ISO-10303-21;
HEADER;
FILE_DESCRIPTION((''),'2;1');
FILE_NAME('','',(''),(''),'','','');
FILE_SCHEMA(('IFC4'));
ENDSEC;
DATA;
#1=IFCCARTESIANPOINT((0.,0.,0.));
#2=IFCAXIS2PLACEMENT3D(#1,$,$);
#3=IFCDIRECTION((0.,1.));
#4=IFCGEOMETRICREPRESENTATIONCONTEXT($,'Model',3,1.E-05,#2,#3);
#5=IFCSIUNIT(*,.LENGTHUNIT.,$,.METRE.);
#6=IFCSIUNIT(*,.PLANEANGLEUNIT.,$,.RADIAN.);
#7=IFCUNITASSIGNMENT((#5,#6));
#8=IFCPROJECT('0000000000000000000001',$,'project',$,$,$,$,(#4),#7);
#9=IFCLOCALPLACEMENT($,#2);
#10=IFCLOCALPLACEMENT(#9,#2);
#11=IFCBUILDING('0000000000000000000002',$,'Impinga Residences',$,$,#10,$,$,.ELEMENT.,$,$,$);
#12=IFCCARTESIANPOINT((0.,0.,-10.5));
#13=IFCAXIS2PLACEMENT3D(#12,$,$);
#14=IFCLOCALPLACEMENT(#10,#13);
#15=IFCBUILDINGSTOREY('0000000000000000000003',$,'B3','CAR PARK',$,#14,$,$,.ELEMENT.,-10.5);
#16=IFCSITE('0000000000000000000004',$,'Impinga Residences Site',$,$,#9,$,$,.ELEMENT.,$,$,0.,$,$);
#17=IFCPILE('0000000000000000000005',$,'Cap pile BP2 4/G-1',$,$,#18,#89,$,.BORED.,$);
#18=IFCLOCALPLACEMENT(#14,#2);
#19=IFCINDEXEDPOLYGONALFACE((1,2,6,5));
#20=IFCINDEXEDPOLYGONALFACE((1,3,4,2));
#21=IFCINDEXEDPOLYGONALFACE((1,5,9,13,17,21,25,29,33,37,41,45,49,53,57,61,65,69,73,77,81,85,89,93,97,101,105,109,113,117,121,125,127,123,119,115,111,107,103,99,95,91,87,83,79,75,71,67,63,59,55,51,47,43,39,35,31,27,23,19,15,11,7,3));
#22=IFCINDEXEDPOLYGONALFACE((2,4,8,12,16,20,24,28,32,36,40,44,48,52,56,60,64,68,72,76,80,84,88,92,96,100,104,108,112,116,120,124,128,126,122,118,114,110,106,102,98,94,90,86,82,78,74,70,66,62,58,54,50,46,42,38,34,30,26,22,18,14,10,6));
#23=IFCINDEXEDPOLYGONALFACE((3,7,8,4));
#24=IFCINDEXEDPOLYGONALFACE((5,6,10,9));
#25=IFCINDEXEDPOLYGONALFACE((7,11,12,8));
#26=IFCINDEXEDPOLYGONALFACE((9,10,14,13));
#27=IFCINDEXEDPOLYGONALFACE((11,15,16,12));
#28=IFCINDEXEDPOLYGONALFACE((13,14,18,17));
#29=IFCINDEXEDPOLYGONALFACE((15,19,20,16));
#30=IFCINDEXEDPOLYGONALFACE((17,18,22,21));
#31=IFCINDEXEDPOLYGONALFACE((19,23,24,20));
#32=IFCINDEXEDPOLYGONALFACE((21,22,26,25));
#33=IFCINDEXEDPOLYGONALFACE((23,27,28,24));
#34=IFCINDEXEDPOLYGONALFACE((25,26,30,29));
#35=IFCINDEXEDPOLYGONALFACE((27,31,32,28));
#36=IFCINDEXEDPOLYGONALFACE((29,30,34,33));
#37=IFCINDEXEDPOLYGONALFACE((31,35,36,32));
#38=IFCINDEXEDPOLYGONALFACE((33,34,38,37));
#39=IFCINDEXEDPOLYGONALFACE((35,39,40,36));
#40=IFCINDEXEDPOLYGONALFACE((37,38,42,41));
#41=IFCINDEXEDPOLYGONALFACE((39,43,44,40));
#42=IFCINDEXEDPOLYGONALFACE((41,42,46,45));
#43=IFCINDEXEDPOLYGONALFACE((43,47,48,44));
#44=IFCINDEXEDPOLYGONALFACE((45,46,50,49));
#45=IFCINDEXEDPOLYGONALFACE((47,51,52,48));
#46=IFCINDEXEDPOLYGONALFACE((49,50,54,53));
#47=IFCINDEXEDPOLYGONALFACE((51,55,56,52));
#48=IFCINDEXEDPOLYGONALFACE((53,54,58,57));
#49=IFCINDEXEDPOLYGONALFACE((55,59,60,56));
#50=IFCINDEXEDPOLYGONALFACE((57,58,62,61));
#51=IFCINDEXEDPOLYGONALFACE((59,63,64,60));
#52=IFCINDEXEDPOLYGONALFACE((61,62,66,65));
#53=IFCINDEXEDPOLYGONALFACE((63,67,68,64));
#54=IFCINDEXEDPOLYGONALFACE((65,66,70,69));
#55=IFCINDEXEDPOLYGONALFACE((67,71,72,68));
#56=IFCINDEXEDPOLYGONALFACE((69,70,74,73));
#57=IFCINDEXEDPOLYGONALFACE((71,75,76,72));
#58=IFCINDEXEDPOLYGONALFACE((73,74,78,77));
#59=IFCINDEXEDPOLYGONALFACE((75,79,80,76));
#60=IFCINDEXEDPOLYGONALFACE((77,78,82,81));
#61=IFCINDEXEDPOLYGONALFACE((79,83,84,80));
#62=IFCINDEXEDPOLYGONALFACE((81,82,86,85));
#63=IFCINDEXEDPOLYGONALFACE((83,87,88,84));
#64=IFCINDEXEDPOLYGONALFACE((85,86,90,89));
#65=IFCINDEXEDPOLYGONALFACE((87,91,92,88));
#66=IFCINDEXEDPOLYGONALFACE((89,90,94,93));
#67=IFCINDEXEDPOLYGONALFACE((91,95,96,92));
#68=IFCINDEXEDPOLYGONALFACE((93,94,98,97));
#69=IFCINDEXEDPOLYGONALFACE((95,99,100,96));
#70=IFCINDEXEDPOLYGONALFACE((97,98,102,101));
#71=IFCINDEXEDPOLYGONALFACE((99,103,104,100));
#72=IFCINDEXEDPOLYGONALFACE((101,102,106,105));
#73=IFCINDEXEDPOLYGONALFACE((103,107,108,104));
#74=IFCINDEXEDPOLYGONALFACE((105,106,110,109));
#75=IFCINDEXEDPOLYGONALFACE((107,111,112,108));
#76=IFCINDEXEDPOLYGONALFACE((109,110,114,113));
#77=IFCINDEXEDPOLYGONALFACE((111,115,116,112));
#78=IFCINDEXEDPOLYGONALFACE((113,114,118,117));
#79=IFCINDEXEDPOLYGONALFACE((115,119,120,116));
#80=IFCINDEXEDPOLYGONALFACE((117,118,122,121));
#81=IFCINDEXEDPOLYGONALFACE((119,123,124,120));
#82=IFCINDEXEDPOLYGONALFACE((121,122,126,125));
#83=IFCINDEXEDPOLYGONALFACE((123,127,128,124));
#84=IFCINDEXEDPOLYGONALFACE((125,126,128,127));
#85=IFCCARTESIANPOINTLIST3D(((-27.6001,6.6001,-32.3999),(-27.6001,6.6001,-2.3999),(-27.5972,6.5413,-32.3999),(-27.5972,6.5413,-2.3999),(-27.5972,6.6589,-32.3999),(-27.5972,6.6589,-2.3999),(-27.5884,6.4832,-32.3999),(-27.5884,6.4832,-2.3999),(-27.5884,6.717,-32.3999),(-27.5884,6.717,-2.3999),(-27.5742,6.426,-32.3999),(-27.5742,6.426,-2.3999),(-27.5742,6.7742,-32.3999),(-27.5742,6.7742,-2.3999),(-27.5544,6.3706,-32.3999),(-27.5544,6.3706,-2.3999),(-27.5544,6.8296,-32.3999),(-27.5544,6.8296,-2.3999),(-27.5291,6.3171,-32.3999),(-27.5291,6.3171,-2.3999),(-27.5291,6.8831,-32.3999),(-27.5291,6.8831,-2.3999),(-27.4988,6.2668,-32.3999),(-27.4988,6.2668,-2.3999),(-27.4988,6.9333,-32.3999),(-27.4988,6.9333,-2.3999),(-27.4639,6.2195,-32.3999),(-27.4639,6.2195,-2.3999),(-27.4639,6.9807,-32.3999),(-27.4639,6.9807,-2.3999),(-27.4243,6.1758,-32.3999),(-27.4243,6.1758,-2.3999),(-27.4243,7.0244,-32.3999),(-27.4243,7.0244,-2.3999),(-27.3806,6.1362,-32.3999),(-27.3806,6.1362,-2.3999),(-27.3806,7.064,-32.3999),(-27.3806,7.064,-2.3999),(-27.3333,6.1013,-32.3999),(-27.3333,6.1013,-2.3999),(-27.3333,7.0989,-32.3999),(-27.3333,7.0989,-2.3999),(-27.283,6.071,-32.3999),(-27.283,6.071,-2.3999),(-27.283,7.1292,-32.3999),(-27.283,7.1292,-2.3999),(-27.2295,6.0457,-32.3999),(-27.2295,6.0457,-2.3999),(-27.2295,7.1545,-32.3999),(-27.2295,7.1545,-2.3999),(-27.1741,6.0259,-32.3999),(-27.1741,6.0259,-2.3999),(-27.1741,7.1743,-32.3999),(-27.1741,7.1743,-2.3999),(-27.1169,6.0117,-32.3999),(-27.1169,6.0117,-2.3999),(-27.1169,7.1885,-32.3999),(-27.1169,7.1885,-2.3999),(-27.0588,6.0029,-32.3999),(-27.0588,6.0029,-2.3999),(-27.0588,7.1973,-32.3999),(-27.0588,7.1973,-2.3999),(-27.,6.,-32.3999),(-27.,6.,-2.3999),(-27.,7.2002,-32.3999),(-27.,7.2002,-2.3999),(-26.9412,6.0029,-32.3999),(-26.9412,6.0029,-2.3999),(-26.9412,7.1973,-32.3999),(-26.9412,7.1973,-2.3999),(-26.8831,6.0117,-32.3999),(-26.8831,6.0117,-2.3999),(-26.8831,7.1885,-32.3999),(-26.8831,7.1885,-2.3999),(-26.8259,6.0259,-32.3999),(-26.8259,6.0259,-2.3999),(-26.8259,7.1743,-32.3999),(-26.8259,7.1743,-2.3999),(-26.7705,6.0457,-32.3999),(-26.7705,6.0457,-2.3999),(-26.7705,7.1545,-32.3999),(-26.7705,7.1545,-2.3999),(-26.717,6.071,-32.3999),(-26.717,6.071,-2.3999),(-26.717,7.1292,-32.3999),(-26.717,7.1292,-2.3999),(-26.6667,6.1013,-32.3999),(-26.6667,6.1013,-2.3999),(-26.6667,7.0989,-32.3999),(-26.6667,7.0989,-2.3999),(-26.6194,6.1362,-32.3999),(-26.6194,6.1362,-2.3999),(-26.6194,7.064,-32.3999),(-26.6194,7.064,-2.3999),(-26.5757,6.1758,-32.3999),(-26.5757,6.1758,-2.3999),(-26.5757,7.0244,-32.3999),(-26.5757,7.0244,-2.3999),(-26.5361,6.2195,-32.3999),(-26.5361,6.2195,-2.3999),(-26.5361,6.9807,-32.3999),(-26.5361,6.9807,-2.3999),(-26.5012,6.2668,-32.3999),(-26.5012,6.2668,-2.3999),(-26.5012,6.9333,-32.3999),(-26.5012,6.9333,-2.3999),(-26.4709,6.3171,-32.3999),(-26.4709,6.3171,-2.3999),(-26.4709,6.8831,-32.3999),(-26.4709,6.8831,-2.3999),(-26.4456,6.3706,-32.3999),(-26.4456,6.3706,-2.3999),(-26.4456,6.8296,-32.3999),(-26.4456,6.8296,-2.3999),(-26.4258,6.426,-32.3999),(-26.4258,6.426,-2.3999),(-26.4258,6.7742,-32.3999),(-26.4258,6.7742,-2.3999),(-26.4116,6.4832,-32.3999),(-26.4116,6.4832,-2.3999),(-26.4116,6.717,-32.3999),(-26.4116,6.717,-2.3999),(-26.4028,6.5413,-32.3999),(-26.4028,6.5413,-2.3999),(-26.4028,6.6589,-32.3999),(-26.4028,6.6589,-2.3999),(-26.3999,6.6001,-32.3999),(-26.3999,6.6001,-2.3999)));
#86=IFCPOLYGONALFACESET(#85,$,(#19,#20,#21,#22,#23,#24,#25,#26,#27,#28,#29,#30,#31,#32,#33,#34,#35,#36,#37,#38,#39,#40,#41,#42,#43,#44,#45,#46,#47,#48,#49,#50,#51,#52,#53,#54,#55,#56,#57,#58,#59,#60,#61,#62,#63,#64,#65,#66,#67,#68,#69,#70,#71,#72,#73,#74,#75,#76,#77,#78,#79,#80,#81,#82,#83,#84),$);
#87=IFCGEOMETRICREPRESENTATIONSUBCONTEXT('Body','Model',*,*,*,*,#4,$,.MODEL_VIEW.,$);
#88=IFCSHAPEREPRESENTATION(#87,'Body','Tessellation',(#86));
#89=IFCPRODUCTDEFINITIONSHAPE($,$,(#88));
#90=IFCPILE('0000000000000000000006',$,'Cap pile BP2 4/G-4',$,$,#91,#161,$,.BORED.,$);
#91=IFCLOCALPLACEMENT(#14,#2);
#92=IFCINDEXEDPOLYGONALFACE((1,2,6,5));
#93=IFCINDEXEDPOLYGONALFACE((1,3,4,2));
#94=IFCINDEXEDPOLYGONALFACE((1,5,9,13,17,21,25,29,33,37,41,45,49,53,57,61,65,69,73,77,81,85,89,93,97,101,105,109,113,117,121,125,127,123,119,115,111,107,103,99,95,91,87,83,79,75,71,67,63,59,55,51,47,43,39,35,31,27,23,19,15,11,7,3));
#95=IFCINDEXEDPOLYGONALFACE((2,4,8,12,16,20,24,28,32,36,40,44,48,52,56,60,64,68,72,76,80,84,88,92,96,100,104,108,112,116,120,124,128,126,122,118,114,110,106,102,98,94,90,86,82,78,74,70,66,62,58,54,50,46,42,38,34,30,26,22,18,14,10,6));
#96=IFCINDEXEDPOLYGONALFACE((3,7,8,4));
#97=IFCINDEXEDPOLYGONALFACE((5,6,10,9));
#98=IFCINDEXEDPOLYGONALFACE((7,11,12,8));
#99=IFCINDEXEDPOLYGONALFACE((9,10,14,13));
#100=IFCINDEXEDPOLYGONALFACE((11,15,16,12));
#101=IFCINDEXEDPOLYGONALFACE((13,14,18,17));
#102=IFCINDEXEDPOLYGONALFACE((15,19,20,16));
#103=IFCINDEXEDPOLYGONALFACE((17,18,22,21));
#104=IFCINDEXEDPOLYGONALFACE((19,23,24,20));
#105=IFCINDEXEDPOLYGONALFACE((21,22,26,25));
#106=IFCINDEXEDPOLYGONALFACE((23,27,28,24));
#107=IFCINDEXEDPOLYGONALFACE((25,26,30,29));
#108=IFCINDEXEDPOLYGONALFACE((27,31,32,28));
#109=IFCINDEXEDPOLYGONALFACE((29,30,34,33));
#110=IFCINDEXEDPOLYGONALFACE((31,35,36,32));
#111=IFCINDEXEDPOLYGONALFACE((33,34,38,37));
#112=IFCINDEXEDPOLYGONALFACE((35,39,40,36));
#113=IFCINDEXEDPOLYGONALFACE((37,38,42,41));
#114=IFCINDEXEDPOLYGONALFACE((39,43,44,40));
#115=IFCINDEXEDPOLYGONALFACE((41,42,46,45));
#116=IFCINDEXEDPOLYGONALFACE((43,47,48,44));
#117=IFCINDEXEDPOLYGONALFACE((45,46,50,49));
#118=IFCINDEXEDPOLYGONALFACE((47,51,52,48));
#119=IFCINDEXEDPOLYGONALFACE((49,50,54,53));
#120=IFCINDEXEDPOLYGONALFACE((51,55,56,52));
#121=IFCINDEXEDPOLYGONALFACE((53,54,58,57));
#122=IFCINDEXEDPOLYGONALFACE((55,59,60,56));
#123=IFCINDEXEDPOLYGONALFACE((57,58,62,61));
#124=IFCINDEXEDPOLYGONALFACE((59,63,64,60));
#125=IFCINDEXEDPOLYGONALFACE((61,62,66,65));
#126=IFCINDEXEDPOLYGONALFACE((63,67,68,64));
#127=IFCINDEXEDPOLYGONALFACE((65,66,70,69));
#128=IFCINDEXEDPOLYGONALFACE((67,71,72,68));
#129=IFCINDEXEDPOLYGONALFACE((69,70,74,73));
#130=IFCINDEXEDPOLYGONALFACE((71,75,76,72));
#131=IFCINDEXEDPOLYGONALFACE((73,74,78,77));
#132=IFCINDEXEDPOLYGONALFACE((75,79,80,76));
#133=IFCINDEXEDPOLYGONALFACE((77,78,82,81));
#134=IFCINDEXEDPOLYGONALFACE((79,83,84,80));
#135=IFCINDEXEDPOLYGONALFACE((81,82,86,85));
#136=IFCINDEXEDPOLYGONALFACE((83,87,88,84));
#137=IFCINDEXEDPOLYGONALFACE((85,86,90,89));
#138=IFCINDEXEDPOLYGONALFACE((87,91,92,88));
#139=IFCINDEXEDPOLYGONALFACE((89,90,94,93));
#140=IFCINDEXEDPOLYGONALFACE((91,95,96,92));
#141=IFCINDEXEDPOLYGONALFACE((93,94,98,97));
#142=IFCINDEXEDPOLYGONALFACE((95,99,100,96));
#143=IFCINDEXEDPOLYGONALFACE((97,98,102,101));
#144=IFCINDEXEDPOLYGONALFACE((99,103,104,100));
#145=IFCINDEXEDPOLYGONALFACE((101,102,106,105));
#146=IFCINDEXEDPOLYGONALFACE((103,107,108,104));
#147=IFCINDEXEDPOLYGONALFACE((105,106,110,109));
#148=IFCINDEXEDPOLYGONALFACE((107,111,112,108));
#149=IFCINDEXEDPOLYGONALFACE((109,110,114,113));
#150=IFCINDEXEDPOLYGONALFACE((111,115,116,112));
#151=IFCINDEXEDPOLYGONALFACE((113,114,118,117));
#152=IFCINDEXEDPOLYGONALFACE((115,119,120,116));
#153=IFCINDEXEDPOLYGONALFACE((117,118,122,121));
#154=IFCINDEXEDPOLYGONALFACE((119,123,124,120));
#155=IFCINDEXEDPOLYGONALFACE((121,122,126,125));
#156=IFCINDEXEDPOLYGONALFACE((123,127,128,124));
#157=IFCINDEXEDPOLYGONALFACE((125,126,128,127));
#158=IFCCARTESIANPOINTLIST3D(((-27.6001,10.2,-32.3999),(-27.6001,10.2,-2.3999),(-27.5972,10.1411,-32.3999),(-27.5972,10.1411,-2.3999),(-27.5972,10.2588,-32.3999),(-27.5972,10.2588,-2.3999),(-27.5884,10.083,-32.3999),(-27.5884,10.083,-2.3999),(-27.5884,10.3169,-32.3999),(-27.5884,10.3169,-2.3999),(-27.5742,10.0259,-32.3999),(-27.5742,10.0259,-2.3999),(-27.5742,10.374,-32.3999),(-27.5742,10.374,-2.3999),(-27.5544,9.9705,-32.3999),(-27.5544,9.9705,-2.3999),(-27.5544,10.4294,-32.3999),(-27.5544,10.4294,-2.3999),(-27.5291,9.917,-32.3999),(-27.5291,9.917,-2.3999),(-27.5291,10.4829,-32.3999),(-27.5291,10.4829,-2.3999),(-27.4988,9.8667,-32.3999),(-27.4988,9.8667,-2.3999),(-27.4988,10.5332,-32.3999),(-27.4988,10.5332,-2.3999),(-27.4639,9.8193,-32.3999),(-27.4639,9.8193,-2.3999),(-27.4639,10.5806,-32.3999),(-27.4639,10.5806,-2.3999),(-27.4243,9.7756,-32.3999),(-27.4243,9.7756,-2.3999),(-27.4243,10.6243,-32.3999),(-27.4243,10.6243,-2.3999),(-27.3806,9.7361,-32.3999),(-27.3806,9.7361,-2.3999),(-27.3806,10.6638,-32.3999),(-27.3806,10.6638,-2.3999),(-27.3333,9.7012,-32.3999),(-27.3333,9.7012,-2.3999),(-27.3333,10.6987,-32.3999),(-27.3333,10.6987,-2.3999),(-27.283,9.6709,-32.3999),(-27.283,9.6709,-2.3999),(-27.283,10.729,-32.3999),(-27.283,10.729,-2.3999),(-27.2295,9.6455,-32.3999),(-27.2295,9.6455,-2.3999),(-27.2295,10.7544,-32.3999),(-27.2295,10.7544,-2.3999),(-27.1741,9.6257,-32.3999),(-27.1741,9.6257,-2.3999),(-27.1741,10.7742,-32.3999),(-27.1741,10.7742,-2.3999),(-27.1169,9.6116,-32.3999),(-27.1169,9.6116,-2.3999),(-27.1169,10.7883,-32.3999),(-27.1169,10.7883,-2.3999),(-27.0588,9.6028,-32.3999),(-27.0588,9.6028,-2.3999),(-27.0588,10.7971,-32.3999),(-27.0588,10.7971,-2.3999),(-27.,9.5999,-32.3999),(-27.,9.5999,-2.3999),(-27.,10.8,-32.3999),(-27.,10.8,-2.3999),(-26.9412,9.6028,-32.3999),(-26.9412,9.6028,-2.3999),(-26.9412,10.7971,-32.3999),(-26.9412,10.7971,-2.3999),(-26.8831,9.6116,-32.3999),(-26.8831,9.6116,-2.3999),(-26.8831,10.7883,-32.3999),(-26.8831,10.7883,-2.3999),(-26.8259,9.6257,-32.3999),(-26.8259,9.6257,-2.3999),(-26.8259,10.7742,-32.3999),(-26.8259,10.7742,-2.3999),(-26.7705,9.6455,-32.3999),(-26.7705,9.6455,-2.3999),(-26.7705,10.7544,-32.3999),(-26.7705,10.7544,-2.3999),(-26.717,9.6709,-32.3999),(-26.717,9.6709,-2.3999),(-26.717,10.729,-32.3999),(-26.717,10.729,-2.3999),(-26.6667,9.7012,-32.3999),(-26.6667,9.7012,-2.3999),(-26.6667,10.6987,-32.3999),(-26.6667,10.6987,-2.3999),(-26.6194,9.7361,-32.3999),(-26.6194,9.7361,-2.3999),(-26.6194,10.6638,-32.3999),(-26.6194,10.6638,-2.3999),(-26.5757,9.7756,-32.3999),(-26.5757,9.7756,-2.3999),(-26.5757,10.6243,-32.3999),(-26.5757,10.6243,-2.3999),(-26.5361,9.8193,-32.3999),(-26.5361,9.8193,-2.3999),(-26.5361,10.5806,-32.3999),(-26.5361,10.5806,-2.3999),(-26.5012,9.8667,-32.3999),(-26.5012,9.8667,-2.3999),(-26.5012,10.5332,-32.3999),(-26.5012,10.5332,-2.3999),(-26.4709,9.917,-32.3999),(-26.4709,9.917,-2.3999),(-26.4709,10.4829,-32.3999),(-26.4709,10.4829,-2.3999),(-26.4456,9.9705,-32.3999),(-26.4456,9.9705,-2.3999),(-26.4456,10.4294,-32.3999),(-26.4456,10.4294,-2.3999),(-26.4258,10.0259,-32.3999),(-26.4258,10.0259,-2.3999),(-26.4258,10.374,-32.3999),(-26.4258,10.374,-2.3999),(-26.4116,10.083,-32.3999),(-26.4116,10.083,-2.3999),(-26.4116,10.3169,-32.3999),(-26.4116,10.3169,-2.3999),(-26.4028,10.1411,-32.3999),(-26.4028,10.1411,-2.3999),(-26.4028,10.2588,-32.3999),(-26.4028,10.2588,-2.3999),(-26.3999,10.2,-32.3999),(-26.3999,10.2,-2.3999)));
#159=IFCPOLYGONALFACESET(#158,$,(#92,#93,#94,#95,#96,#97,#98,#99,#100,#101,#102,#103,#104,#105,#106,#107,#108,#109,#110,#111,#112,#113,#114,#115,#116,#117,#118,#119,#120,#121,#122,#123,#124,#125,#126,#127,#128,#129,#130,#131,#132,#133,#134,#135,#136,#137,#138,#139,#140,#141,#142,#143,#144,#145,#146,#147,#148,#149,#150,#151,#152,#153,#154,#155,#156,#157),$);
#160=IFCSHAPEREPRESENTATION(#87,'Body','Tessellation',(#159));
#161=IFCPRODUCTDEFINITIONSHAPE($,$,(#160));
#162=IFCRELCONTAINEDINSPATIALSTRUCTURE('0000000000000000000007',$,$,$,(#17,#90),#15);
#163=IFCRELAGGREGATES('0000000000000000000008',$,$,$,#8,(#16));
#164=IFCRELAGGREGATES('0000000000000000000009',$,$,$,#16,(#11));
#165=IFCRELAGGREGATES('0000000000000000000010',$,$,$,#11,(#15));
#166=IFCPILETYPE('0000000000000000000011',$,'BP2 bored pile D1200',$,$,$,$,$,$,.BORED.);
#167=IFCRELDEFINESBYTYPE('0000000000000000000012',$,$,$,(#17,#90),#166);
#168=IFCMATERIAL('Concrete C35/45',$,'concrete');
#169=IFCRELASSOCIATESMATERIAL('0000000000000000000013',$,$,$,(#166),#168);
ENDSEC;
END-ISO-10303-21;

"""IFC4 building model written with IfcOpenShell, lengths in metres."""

from ifc_helpers import new_model, si_unit, direction, frame, origin, origin_2d, place, context, subcontext, project, spatial, polyline, circle, outline, extrude, material, material_profile, profile_set, type_object, element, save


model = new_model("IFC4")

# Units and contexts
model_context = context("Model", 3, precision=1e-05, world=origin(), true_north=direction((0.0, 1.0)))
body_context = subcontext(model_context, "Body", "Model", "MODEL_VIEW")
ifc_project = project(units=[si_unit("LENGTHUNIT", "METRE"), si_unit("PLANEANGLEUNIT", "RADIAN")], contexts=[model_context])

# Site, building, storey
site_placement = place(None, origin())
site = spatial("IfcSite", under=ifc_project, at=site_placement, Name="Impinga Residences Site", CompositionType="ELEMENT", RefElevation=0.0)
building_placement = place(site_placement, origin())
building = spatial("IfcBuilding", under=site, at=building_placement, Name="Impinga Residences", CompositionType="ELEMENT")
storey_placement = place(building_placement, frame((0.0, 0.0, -10.5)))
storey = spatial("IfcBuildingStorey", under=building, at=storey_placement, Name="B3", Description="CAR PARK", CompositionType="ELEMENT", Elevation=-10.5)

# Piles
ifc_material_1 = material(Name="Concrete C35/45", Category="concrete")
ifc_material_profile_1 = material_profile(ifc_material_1, circle(Radius=0.6001, at=origin_2d()), Name="D1200")
ifc_profile_set_1 = profile_set([ifc_material_profile_1], Name="Concrete C35/45")
pile_type = type_object("IfcPileType", Name="BP2 bored pile D1200", PredefinedType="BORED", material=ifc_profile_set_1)
pile_1_placement = place(storey_placement, frame((-27.0, 6.6001, -2.3999), z_axis=(0.0, 0.0, -1.0), x_axis=(1.0, 0.0, 0.0)))
element("IfcPile", 1, at=pile_1_placement, inside=storey, type_object=pile_type, Name="Cap pile BP2 4/G-1", PredefinedType="BORED", context=body_context, shape_type="SweptSolid", body=[
    extrude(outline(polyline([(0.6001, 0.0), (0.5972, 0.0588), (0.5884, 0.1169), (0.5742, 0.1741), (0.5544, 0.2295), (0.5291, 0.283), (0.4988, 0.3333), (0.4639, 0.3806), (0.4243, 0.4243), (0.3806, 0.4639), (0.3333, 0.4988), (0.283, 0.5291), (0.2295, 0.5544), (0.1741, 0.5742), (0.1169, 0.5884), (0.0588, 0.5972), (0.0, 0.6001), (-0.0588, 0.5972), (-0.1169, 0.5884), (-0.1741, 0.5742), (-0.2295, 0.5544), (-0.283, 0.5291), (-0.3333, 0.4988), (-0.3806, 0.4639), (-0.4243, 0.4243), (-0.4639, 0.3806), (-0.4988, 0.3333), (-0.5291, 0.283), (-0.5544, 0.2295), (-0.5742, 0.1741), (-0.5884, 0.1169), (-0.5972, 0.0588), (-0.6001, 0.0), (-0.5972, -0.0588), (-0.5884, -0.1169), (-0.5742, -0.1741), (-0.5544, -0.2295), (-0.5291, -0.283), (-0.4988, -0.3333), (-0.4639, -0.3806), (-0.4243, -0.4243), (-0.3806, -0.4639), (-0.3333, -0.4988), (-0.283, -0.5291), (-0.2295, -0.5544), (-0.1741, -0.5742), (-0.1169, -0.5884), (-0.0588, -0.5972), (0.0, -0.6001), (0.0588, -0.5972), (0.1169, -0.5884), (0.1741, -0.5742), (0.2295, -0.5544), (0.283, -0.5291), (0.3333, -0.4988), (0.3806, -0.4639), (0.4243, -0.4243), (0.4639, -0.3806), (0.4988, -0.3333), (0.5291, -0.283), (0.5544, -0.2295), (0.5742, -0.1741), (0.5884, -0.1169), (0.5972, -0.0588), (0.6001, 0.0)])), origin(), (0.0, 0.0, 1.0), 30.0),
])
pile_2_placement = place(storey_placement, frame((-27.0, 10.2, -2.3999), z_axis=(0.0, 0.0, -1.0), x_axis=(1.0, 0.0, 0.0)))
element("IfcPile", 2, at=pile_2_placement, inside=storey, type_object=pile_type, Name="Cap pile BP2 4/G-4", PredefinedType="BORED", context=body_context, shape_type="SweptSolid", body=[
    extrude(outline(polyline([(0.6001, 0.0), (0.5972, 0.0588), (0.5884, 0.1169), (0.5742, 0.1741), (0.5544, 0.2295), (0.5291, 0.283), (0.4988, 0.3333), (0.4639, 0.3806), (0.4243, 0.4243), (0.3806, 0.4639), (0.3333, 0.4988), (0.283, 0.5291), (0.2295, 0.5544), (0.1741, 0.5742), (0.1169, 0.5884), (0.0588, 0.5972), (0.0, 0.6001), (-0.0588, 0.5972), (-0.1169, 0.5884), (-0.1741, 0.5742), (-0.2295, 0.5544), (-0.283, 0.5291), (-0.3333, 0.4988), (-0.3806, 0.4639), (-0.4243, 0.4243), (-0.4639, 0.3806), (-0.4988, 0.3333), (-0.5291, 0.283), (-0.5544, 0.2295), (-0.5742, 0.1741), (-0.5884, 0.1169), (-0.5972, 0.0588), (-0.6001, 0.0), (-0.5972, -0.0588), (-0.5884, -0.1169), (-0.5742, -0.1741), (-0.5544, -0.2295), (-0.5291, -0.283), (-0.4988, -0.3333), (-0.4639, -0.3806), (-0.4243, -0.4243), (-0.3806, -0.4639), (-0.3333, -0.4988), (-0.283, -0.5291), (-0.2295, -0.5544), (-0.1741, -0.5742), (-0.1169, -0.5884), (-0.0588, -0.5972), (0.0, -0.6001), (0.0588, -0.5972), (0.1169, -0.5884), (0.1741, -0.5742), (0.2295, -0.5544), (0.283, -0.5291), (0.3333, -0.4988), (0.3806, -0.4639), (0.4243, -0.4243), (0.4639, -0.3806), (0.4988, -0.3333), (0.5291, -0.283), (0.5544, -0.2295), (0.5742, -0.1741), (0.5884, -0.1169), (0.5972, -0.0588), (0.6001, 0.0)])), origin(), (0.0, 0.0, 1.0), 30.0),
])

save(model, "model.ifc")
